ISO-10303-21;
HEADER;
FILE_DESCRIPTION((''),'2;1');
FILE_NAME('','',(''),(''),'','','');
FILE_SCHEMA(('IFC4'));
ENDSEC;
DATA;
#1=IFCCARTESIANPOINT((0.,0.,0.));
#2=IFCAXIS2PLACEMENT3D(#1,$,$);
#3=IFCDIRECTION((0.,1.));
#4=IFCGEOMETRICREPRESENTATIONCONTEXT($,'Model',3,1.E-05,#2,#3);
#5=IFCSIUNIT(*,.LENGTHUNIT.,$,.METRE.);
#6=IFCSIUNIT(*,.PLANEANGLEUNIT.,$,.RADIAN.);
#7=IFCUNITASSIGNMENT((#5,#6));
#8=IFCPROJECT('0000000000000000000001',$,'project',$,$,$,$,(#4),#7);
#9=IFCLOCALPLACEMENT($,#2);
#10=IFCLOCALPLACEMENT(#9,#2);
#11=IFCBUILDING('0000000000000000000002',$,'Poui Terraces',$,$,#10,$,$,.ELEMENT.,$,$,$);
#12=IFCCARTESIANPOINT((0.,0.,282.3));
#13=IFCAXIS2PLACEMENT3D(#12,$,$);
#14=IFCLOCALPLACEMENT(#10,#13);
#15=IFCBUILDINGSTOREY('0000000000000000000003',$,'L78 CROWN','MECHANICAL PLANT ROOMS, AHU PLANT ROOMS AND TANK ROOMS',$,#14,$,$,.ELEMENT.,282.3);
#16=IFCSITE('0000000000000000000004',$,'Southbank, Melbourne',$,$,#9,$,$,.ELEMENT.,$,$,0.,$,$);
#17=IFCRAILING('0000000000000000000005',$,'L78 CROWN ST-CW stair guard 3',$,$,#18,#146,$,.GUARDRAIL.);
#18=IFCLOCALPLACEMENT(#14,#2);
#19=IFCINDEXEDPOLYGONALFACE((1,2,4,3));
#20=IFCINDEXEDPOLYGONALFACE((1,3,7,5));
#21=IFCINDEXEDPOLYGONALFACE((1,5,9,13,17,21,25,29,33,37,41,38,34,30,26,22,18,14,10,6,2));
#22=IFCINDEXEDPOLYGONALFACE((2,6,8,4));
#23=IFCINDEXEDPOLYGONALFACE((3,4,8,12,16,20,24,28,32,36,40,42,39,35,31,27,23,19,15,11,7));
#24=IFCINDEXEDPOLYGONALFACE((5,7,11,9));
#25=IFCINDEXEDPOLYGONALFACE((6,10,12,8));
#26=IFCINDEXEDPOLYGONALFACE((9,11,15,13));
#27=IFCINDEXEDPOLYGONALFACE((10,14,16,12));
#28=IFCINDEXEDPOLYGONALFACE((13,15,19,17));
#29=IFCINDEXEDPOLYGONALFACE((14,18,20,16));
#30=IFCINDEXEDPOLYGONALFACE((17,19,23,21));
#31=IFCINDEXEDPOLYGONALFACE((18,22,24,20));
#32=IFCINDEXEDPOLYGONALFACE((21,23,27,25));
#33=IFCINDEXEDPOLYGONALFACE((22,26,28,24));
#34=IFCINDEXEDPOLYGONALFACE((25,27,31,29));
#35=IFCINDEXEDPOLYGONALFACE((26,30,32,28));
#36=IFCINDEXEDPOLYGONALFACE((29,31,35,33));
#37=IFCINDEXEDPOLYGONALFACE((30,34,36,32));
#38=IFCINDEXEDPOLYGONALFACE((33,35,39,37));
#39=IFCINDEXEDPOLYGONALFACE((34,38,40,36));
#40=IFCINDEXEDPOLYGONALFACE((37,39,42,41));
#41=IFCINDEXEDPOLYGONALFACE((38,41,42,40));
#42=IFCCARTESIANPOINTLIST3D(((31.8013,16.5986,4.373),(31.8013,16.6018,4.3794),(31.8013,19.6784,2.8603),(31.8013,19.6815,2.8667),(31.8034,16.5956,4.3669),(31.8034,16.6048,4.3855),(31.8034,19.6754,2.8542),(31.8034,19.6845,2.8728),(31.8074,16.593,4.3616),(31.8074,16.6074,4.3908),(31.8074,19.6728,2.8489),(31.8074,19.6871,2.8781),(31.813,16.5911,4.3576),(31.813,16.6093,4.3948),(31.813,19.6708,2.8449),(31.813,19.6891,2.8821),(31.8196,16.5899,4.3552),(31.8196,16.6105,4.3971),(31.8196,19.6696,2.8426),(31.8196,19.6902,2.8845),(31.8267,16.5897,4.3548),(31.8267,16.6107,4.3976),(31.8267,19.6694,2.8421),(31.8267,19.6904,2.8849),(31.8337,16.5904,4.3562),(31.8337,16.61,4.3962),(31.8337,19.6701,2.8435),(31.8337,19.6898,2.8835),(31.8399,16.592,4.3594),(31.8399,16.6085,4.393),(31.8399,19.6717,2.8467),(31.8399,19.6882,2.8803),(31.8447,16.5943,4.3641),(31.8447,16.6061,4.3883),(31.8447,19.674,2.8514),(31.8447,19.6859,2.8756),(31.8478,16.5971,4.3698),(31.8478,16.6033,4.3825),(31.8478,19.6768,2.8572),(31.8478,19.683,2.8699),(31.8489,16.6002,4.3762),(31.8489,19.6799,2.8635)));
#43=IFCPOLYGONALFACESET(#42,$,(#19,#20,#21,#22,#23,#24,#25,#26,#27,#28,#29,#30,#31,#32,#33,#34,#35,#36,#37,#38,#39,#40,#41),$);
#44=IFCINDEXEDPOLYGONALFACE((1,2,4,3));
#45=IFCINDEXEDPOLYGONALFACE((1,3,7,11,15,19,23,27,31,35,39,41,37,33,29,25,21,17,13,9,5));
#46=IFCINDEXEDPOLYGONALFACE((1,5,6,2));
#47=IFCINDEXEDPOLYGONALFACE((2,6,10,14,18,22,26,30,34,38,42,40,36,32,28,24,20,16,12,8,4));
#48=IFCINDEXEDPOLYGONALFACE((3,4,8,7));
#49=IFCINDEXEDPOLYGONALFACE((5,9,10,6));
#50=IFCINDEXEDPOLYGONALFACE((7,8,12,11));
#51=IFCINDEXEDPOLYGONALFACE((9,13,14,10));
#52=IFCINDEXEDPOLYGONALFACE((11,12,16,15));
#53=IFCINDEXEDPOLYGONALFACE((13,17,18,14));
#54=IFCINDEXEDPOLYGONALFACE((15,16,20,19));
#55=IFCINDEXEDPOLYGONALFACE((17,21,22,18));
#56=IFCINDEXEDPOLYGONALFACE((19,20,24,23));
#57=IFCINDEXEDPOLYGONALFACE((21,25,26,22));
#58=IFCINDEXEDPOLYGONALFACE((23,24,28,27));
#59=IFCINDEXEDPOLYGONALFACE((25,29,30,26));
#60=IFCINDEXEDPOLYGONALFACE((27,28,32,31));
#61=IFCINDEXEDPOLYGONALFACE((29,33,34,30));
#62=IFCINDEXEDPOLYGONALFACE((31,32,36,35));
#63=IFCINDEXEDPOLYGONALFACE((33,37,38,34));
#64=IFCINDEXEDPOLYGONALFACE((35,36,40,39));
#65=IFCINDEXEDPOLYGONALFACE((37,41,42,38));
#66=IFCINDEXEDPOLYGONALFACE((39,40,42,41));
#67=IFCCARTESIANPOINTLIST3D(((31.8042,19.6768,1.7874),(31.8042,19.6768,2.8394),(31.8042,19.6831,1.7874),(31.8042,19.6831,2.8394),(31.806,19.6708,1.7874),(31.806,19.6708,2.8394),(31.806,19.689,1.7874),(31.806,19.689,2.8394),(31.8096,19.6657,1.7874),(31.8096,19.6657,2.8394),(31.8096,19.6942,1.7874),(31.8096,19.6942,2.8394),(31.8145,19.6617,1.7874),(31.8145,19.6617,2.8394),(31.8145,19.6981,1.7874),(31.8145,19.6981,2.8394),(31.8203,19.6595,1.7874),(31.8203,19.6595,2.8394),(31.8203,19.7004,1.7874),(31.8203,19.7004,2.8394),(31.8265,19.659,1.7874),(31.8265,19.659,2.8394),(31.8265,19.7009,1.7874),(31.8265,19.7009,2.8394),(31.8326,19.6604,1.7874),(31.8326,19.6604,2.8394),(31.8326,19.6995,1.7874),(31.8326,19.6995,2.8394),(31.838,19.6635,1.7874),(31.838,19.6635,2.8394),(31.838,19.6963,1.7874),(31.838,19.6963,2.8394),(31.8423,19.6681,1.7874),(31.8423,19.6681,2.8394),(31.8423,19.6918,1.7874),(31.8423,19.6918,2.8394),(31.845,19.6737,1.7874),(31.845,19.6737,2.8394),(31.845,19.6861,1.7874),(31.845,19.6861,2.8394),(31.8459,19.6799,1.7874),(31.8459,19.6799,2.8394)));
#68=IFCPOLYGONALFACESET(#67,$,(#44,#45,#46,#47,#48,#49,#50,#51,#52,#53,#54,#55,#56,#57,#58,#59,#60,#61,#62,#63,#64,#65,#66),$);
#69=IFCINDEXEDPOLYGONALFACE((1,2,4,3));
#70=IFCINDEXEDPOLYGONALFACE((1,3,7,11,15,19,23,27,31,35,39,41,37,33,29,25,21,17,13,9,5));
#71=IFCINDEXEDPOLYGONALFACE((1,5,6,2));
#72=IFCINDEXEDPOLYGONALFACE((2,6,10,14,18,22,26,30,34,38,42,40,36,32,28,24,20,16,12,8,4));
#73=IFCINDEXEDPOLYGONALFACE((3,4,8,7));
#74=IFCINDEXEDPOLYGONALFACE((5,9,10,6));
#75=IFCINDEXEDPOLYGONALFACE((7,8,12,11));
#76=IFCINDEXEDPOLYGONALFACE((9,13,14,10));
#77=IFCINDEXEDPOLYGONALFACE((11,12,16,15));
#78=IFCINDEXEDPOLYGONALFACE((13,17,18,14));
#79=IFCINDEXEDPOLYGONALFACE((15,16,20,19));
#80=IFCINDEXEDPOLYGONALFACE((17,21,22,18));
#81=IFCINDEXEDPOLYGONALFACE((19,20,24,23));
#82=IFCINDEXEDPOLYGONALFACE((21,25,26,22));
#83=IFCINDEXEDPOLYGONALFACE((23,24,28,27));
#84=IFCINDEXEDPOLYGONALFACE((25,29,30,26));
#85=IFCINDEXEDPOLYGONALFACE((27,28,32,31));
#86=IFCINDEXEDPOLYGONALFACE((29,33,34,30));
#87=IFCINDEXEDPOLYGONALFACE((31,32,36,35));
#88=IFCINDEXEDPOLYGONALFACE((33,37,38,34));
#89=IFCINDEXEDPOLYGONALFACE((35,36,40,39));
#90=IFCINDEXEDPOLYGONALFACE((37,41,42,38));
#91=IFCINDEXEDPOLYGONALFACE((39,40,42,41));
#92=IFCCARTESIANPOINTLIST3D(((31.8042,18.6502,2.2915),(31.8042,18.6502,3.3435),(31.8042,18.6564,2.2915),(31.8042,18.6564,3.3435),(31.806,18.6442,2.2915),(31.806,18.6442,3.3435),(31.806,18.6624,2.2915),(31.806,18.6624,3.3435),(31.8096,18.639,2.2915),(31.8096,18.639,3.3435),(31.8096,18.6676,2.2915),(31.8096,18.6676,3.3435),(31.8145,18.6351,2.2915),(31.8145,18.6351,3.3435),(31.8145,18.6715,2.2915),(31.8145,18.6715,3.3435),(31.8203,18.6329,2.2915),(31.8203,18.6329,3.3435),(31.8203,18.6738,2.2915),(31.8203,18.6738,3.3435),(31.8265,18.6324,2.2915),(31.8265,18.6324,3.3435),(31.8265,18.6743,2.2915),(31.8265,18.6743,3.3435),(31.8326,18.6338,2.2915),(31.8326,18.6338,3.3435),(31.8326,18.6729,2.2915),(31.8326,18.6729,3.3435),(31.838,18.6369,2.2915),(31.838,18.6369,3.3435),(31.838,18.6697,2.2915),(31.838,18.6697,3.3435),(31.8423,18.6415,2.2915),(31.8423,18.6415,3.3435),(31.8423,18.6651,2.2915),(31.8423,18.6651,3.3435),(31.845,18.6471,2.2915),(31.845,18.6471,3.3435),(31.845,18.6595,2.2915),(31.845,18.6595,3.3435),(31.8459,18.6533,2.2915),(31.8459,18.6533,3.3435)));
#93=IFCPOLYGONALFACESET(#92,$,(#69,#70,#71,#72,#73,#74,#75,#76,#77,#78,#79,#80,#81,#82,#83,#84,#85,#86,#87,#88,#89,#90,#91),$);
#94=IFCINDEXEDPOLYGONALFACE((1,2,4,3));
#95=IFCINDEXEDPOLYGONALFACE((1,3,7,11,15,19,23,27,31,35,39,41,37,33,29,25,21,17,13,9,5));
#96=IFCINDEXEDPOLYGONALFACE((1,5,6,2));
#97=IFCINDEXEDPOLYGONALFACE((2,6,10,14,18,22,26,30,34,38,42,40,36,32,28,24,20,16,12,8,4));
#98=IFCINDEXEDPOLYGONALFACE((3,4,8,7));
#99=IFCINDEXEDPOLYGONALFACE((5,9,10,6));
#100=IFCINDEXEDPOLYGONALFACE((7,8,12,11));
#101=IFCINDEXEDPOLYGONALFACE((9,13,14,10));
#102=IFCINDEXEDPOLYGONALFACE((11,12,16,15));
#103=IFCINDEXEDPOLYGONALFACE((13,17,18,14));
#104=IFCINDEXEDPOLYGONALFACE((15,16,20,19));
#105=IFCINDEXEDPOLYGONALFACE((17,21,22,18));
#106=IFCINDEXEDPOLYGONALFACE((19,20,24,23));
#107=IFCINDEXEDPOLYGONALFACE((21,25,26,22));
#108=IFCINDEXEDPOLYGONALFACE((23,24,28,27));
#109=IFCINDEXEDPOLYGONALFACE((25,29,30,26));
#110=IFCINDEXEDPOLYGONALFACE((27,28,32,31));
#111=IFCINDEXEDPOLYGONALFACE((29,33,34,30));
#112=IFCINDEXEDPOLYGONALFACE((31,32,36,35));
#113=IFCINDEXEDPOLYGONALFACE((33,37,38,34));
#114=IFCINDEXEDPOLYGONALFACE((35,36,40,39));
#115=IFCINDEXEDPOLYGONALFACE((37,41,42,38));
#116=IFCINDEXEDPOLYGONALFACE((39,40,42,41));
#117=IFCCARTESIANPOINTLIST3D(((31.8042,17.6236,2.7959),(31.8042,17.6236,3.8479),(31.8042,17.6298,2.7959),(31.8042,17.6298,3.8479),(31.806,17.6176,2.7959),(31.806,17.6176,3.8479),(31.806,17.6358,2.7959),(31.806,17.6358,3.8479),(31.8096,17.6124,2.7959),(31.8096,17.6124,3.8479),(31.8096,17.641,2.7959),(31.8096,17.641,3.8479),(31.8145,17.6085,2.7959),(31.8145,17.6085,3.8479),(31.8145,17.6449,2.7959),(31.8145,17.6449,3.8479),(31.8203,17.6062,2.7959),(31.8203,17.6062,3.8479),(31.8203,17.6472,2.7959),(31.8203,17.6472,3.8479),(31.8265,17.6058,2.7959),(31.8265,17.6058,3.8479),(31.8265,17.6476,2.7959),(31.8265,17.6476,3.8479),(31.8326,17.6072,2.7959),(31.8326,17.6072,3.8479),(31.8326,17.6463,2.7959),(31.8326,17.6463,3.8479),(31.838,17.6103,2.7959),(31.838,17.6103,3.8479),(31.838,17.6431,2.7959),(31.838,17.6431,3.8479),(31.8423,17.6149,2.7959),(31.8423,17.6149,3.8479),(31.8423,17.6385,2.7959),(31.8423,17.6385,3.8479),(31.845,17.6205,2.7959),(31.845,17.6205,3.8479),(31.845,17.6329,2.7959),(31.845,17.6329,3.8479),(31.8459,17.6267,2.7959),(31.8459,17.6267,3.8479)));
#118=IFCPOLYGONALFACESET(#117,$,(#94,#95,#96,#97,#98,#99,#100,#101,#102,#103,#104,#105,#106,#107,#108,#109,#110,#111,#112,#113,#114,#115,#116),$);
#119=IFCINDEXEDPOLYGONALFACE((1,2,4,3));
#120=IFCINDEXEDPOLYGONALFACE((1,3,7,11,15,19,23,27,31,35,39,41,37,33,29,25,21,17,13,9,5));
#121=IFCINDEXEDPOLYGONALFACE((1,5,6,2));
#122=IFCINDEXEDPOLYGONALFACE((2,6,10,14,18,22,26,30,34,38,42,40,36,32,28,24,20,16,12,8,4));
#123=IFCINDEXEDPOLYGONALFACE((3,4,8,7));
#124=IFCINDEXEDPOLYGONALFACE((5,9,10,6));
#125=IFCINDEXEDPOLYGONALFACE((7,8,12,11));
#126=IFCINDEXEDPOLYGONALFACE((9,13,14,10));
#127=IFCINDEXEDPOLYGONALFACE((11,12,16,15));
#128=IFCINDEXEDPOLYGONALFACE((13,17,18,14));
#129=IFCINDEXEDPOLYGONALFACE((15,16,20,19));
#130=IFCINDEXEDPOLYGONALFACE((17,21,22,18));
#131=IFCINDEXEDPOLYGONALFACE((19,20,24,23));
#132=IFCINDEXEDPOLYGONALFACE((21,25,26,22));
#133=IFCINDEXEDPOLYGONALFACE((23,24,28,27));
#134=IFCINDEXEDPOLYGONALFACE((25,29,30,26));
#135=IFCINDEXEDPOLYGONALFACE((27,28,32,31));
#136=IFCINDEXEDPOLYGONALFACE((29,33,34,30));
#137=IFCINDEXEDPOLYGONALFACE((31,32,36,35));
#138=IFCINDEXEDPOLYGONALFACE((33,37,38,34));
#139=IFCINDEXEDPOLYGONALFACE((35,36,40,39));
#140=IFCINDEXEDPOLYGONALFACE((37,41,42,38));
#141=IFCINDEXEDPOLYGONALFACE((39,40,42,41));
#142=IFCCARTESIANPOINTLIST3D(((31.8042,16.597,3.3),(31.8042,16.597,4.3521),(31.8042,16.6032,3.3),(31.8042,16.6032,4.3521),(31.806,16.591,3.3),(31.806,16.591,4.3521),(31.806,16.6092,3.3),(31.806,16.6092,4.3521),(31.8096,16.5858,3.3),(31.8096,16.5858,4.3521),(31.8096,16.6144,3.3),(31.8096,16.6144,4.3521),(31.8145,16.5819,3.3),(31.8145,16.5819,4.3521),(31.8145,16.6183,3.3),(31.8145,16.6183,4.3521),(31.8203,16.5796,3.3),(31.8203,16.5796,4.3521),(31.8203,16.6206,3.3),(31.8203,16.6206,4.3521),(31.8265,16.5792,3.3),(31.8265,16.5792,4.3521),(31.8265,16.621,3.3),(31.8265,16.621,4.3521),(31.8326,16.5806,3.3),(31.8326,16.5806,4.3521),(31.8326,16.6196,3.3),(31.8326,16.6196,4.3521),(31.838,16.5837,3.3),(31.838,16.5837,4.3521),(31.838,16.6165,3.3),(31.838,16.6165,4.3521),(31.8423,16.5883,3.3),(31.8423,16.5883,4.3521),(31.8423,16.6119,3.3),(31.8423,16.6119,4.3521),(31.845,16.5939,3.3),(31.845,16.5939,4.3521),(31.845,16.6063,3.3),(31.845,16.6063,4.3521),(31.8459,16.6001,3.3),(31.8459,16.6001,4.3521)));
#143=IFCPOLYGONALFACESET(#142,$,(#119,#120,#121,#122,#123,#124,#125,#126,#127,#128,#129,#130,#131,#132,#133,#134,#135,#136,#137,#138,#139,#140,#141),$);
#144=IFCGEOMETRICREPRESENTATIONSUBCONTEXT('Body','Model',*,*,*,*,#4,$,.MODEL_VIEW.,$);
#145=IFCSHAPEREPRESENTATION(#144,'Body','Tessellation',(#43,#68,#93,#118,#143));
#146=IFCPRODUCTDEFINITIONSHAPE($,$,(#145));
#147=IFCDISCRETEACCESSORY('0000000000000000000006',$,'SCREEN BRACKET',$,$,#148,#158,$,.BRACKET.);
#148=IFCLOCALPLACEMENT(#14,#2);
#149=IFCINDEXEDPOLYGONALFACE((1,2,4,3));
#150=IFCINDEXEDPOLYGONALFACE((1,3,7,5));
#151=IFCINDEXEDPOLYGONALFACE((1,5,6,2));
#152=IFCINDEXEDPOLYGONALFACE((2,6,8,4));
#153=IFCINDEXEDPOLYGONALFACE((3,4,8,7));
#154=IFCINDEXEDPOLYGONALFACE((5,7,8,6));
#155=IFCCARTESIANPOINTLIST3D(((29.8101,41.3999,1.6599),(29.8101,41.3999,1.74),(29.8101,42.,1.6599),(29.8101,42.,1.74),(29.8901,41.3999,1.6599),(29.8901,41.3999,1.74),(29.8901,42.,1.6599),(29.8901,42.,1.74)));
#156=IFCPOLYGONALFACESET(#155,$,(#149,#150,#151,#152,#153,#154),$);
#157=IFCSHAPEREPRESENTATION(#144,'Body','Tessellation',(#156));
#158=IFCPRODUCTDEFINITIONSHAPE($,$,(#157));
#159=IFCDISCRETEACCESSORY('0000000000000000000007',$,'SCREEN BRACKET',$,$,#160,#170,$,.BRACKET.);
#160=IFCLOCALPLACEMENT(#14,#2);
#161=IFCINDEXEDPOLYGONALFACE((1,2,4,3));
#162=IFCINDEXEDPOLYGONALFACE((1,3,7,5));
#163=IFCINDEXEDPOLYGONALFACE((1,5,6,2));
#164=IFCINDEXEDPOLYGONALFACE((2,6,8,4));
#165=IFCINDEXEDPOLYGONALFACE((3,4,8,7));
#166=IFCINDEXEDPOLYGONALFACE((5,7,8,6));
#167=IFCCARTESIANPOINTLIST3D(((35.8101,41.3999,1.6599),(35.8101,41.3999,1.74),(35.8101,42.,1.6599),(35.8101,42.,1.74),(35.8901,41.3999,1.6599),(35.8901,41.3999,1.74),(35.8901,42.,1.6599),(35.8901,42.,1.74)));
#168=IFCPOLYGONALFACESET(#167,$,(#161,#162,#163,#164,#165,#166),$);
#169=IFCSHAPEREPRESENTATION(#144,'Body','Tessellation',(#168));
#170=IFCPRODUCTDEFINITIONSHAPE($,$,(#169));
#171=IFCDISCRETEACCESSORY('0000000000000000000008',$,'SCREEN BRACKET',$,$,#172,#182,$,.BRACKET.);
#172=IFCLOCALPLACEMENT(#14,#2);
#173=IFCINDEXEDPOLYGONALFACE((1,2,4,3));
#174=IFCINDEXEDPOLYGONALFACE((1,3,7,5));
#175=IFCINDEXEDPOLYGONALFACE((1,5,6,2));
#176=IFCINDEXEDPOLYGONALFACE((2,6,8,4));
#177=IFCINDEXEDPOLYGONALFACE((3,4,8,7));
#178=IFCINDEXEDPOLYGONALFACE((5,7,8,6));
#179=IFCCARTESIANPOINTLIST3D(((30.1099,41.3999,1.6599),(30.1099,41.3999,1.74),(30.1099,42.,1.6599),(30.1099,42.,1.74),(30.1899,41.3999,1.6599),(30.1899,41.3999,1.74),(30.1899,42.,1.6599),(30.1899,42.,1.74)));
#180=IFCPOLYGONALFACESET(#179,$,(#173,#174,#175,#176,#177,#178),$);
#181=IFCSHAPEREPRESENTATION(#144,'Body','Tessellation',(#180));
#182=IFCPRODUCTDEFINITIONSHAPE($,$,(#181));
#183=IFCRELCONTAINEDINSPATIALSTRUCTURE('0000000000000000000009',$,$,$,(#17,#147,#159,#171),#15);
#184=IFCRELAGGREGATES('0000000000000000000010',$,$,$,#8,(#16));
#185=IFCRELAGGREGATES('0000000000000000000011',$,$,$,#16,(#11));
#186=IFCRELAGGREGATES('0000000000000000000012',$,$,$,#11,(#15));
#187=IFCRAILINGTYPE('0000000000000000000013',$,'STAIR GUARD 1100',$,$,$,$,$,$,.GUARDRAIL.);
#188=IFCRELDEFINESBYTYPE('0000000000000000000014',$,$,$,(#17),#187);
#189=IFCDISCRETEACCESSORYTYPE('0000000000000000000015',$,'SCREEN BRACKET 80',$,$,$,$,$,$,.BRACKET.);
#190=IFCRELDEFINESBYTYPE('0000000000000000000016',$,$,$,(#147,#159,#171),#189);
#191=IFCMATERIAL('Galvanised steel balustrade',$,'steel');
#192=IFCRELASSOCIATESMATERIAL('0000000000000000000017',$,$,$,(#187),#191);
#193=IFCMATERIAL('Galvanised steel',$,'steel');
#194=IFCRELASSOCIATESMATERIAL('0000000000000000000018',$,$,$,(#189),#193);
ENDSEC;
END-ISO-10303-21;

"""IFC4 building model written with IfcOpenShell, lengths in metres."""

from ifc_helpers import new_model, si_unit, direction, frame, origin, origin_2d, place, context, subcontext, project, spatial, rectangle, circle, extrude, source, transform, mapped, material, material_profile, profile_set, type_object, element, save


model = new_model("IFC4")

# Units and contexts
model_context = context("Model", 3, precision=1e-05, world=origin(), true_north=direction((0.0, 1.0)))
body_context = subcontext(model_context, "Body", "Model", "MODEL_VIEW")
ifc_project = project(units=[si_unit("LENGTHUNIT", "METRE"), si_unit("PLANEANGLEUNIT", "RADIAN")], contexts=[model_context])

# Site, building, storey
site_placement = place(None, origin())
site = spatial("IfcSite", under=ifc_project, at=site_placement, Name="Southbank, Melbourne", CompositionType="ELEMENT", RefElevation=0.0)
building_placement = place(site_placement, origin())
building = spatial("IfcBuilding", under=site, at=building_placement, Name="Poui Terraces", CompositionType="ELEMENT")
storey_placement = place(building_placement, frame((0.0, 0.0, 282.3)))
storey = spatial("IfcBuildingStorey", under=building, at=storey_placement, Name="L78 CROWN", Description="MECHANICAL PLANT ROOMS, AHU PLANT ROOMS AND TANK ROOMS", CompositionType="ELEMENT", Elevation=282.3)

# Railing
ifc_material_1 = material(Name="Galvanised steel balustrade", Category="steel")
railing_type = type_object("IfcRailingType", Name="STAIR GUARD 1100", PredefinedType="GUARDRAIL", material=ifc_material_1)
railing_1_placement = place(storey_placement, frame((31.825, 19.6799, 1.7874)))
element("IfcRailing", 1, at=railing_1_placement, inside=storey, type_object=railing_type, Name="L78 CROWN ST-CW stair guard 3", PredefinedType="GUARDRAIL", context=body_context, shape_type="SweptSolid", body=[
    extrude(circle(Radius=0.0239, at=origin_2d()), frame((0.0, 0.0, 1.0762), z_axis=(0.0, -0.897578, 0.440856), x_axis=(1.0, 0.0, 0.0)), (0.0, 0.0, 1.0), 3.4312),
    extrude(circle(Radius=0.021, at=origin_2d()), origin(), (0.0, 0.0, 1.0), 1.052),
    extrude(circle(Radius=0.021, at=origin_2d()), frame((0.0, -1.0266, 0.5042)), (0.0, 0.0, 1.0), 1.052),
    extrude(circle(Radius=0.021, at=origin_2d()), frame((0.0, -2.0532, 1.0085)), (0.0, 0.0, 1.0), 1.052),
    extrude(circle(Radius=0.021, at=origin_2d()), frame((0.0, -3.0798, 1.5127)), (0.0, 0.0, 1.0), 1.052),
])

# Discrete accessories
ifc_material_2 = material(Name="Galvanised steel", Category="steel")
ifc_material_profile_1 = material_profile(ifc_material_2, rectangle(XDim=0.0801, YDim=0.0801, at=origin_2d()), Name="SCREEN BRACKET 80")
ifc_profile_set_1 = profile_set([ifc_material_profile_1], Name="Galvanised steel")
discrete_accessory_type = type_object("IfcDiscreteAccessoryType", Name="SCREEN BRACKET 80", PredefinedType="BRACKET", material=ifc_profile_set_1)
shared_shape_1 = source(origin(), body_context, "Body", "SweptSolid", [
    extrude(rectangle(XDim=0.0801, YDim=0.0801, at=origin_2d()), origin(), (0.0, 0.0, 1.0), 0.6001),
])
for number, where, z_axis, x_axis, name in (
    (2, (29.8501, 41.3999, 1.7), (0.0, 1.0, 0.0), (-1.0, 0.0, 0.0), "SCREEN BRACKET"),
    (3, (35.8501, 41.3999, 1.7), (0.0, 1.0, 0.0), (-1.0, 0.0, 0.0), "SCREEN BRACKET"),
    (4, (30.1499, 41.3999, 1.7), (0.0, 1.0, 0.0), (-1.0, 0.0, 0.0), "SCREEN BRACKET"),
):
    element("IfcDiscreteAccessory", number, at=place(storey_placement, frame(where, z_axis=z_axis, x_axis=x_axis)), inside=storey, type_object=discrete_accessory_type, Name=name, PredefinedType="BRACKET", context=body_context, shape_type="MappedRepresentation", body=[
        mapped(shared_shape_1, transform((0.0, 0.0, 0.0))),
    ])

save(model, "model.ifc")
